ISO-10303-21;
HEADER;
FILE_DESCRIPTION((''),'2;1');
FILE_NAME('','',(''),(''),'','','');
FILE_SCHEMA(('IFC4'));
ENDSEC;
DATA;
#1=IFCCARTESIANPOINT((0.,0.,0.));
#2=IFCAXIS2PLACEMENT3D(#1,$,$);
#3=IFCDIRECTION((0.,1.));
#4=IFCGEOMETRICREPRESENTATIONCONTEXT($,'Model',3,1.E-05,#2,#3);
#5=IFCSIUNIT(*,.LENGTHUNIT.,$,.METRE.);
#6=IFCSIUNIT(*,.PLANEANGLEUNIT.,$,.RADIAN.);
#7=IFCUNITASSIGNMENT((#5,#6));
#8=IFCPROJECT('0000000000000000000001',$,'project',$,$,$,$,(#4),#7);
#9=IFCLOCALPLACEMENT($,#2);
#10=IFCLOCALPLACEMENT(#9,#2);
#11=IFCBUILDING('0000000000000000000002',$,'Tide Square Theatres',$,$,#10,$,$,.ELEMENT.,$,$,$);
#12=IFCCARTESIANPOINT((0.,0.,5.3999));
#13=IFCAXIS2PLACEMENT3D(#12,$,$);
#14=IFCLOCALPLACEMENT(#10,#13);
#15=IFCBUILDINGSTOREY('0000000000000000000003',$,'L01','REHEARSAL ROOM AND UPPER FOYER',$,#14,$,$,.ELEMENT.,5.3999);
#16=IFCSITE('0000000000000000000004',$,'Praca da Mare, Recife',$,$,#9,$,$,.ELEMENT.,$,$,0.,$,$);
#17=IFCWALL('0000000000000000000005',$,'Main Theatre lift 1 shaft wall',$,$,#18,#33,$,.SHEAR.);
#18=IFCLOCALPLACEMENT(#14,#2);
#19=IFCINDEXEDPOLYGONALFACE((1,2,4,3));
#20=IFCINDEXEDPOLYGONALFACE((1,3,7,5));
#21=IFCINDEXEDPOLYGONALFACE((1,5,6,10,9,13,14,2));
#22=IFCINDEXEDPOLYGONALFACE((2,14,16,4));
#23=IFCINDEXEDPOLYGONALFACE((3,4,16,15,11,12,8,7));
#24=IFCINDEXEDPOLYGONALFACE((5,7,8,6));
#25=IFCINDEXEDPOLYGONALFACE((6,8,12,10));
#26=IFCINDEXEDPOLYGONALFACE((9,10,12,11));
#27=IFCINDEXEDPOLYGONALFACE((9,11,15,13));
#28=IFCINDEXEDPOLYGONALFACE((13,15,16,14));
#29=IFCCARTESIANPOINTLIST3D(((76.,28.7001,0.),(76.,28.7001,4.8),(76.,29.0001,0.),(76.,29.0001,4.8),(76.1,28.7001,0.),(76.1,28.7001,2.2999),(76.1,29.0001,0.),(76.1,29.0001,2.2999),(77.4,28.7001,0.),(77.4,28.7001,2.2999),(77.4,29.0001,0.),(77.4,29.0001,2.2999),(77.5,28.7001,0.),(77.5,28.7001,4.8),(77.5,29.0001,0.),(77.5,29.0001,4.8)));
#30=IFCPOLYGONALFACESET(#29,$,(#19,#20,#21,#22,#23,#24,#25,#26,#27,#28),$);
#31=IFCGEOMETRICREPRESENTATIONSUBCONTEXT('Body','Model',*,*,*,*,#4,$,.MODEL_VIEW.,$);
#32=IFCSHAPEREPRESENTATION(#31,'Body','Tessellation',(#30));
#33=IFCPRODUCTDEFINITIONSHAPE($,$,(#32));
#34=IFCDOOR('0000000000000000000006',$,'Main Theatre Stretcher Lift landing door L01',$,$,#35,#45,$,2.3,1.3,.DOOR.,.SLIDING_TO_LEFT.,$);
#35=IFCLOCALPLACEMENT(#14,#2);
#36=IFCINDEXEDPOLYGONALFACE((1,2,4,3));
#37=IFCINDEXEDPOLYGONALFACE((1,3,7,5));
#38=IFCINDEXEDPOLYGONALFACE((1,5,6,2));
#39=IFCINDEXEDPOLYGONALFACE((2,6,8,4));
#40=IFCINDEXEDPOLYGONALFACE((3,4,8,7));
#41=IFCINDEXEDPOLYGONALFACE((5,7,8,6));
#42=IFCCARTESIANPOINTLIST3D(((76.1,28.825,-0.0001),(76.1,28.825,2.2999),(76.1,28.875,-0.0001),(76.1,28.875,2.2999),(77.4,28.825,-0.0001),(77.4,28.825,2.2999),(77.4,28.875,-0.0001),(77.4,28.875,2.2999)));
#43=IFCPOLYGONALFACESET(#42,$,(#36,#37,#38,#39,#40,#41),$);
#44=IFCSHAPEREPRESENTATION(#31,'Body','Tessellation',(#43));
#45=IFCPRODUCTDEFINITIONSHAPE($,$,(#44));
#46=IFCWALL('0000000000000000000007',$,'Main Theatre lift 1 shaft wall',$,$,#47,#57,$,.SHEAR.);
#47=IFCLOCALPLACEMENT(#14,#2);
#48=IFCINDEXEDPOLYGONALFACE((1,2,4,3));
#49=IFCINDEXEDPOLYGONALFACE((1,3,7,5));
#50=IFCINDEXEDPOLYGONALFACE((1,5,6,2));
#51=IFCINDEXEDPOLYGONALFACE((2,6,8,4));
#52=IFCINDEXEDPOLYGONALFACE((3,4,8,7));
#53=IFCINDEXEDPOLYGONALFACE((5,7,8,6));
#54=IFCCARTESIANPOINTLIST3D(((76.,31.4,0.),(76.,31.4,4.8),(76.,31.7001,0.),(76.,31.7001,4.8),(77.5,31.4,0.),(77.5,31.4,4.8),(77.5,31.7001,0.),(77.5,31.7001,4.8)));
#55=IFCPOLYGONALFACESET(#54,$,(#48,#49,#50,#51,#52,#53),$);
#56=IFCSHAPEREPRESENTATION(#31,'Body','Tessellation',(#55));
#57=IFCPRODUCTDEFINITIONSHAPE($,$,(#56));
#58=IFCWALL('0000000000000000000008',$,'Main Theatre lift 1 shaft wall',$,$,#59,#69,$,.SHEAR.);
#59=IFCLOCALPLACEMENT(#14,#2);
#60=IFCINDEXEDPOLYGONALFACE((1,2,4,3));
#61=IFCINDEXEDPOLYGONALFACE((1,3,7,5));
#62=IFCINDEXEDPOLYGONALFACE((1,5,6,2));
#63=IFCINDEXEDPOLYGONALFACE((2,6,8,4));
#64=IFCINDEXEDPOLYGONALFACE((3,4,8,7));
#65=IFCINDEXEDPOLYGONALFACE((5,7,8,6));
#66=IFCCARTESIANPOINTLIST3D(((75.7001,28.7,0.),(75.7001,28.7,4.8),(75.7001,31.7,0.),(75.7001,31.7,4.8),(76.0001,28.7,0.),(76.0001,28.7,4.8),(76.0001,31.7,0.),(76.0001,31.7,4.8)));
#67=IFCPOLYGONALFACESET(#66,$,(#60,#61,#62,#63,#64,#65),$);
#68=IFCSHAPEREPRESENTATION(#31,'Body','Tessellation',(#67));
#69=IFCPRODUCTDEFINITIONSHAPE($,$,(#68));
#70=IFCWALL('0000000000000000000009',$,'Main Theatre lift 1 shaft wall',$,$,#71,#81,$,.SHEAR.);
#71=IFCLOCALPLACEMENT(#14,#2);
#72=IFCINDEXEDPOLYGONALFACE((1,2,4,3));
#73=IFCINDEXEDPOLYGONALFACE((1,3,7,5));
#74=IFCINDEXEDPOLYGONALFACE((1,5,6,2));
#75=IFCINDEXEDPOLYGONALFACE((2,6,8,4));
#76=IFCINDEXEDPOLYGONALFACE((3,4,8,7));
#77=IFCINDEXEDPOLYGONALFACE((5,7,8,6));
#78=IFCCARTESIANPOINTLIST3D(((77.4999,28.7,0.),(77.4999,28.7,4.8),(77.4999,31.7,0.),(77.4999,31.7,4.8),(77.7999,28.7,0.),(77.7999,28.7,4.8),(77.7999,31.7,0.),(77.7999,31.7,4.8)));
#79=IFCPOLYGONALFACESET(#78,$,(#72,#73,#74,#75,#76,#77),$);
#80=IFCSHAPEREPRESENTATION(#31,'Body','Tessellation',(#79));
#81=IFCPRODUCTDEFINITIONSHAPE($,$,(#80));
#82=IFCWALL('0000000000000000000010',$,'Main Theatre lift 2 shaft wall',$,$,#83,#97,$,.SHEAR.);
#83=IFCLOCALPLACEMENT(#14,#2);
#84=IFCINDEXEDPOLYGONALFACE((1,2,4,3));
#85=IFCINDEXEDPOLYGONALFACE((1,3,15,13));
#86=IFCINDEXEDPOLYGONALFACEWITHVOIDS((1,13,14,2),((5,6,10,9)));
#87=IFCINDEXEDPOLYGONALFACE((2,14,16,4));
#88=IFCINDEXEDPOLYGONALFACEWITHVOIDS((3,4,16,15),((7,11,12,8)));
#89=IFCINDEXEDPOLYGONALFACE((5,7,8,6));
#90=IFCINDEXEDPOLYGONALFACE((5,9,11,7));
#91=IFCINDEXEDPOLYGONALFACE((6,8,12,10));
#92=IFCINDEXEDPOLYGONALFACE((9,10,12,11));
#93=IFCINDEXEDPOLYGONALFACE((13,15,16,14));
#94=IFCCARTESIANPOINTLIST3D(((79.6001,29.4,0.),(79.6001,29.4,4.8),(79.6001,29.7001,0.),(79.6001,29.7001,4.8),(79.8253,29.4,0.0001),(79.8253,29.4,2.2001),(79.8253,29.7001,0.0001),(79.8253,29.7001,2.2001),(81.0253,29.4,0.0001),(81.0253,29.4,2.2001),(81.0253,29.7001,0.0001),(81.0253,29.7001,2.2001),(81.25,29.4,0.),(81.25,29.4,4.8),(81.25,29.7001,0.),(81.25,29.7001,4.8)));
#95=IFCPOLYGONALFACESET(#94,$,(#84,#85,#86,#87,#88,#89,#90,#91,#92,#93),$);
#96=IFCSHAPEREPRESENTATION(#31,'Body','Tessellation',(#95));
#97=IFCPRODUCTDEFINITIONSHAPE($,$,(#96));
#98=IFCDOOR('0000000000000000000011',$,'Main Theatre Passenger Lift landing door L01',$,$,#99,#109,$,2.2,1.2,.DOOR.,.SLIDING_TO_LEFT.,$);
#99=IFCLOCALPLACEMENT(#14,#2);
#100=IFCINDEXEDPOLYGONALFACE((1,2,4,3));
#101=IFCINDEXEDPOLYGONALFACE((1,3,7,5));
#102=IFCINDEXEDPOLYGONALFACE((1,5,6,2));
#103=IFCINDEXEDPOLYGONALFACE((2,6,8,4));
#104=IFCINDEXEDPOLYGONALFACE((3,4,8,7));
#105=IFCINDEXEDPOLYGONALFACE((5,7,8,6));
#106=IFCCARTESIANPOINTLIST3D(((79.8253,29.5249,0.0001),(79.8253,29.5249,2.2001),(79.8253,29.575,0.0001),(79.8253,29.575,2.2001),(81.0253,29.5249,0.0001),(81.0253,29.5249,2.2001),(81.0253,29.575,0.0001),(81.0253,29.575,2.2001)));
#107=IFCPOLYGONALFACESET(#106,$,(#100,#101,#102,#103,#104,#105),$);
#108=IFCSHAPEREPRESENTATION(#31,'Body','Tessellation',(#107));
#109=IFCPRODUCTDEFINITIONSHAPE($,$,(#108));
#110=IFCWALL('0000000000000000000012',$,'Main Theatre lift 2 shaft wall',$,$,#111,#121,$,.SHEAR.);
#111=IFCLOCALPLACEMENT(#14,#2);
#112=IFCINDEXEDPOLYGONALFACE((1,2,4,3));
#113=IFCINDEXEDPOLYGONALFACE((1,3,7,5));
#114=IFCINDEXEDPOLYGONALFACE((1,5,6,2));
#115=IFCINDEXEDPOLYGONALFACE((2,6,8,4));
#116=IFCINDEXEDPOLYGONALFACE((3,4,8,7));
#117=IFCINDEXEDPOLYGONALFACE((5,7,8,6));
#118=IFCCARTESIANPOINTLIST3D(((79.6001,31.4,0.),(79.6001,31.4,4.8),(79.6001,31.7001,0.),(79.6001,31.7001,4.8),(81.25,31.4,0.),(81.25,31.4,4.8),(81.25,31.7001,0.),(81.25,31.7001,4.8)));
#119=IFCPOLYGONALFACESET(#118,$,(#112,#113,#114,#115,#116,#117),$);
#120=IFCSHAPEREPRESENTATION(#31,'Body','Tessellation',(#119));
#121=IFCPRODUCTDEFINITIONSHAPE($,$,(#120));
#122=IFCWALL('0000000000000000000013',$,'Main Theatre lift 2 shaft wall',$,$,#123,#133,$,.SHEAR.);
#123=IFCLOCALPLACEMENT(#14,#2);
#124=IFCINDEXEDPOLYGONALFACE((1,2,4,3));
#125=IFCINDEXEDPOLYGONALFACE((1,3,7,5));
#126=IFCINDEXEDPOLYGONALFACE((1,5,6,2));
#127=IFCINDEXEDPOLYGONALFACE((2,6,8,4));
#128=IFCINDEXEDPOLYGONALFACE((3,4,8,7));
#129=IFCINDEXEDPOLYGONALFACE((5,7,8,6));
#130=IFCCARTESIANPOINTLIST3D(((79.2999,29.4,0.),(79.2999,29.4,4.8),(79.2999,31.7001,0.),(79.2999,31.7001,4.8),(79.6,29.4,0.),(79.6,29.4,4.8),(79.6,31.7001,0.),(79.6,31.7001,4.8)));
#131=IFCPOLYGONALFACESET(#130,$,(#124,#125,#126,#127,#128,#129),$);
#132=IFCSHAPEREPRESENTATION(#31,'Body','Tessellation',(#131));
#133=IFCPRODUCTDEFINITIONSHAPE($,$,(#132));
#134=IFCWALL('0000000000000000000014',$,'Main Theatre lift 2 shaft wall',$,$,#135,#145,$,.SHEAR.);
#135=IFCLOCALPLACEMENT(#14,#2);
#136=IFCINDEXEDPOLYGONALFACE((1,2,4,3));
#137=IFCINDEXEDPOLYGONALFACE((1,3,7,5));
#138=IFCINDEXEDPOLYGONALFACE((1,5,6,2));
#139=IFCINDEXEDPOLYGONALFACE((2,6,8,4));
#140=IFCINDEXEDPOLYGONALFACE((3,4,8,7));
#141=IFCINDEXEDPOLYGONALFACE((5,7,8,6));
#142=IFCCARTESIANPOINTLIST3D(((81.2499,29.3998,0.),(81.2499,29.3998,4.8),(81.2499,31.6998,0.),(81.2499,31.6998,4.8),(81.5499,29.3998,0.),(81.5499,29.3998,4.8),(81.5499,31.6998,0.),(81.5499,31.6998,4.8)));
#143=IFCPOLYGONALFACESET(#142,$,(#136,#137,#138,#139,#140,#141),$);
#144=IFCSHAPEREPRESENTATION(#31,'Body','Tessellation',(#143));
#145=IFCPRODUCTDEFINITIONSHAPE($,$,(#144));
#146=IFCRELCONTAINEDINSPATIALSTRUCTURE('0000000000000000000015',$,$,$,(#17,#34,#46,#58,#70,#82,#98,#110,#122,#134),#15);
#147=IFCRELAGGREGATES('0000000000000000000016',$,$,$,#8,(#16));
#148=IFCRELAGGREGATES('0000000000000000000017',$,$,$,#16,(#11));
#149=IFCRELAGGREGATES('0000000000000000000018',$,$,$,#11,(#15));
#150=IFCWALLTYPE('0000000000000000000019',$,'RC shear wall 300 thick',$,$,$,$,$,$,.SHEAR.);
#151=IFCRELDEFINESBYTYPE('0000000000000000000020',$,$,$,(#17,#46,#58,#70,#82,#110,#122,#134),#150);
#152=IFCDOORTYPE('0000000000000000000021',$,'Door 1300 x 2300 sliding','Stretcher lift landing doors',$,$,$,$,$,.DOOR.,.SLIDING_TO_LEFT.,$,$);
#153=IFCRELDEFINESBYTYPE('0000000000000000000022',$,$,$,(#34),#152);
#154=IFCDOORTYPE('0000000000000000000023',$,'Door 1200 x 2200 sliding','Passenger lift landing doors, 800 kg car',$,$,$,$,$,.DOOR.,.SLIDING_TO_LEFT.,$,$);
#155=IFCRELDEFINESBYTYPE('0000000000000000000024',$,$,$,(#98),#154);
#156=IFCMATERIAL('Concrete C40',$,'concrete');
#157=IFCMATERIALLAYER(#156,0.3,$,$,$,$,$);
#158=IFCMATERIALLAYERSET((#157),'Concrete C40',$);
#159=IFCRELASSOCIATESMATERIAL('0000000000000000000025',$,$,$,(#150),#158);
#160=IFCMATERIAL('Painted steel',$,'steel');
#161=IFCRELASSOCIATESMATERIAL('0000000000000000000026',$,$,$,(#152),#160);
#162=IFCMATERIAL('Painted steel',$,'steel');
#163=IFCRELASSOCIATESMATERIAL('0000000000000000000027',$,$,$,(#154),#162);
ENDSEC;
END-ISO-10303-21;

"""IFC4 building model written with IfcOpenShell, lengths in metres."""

from ifc_helpers import new_model, si_unit, direction, frame, frame_2d, origin, place, context, subcontext, project, spatial, rectangle, extrude, material, layer, layer_set, type_object, element, fill, save


model = new_model("IFC4")

# Units and contexts
model_context = context("Model", 3, precision=1e-05, world=origin(), true_north=direction((0.0, 1.0)))
body_context = subcontext(model_context, "Body", "Model", "MODEL_VIEW")
ifc_project = project(units=[si_unit("LENGTHUNIT", "METRE"), si_unit("PLANEANGLEUNIT", "RADIAN")], contexts=[model_context])

# Site, building, storey
site_placement = place(None, origin())
site = spatial("IfcSite", under=ifc_project, at=site_placement, Name="Praca da Mare, Recife", CompositionType="ELEMENT", RefElevation=0.0)
building_placement = place(site_placement, origin())
building = spatial("IfcBuilding", under=site, at=building_placement, Name="Tide Square Theatres", CompositionType="ELEMENT")
storey_placement = place(building_placement, frame((0.0, 0.0, 5.3999)))
storey = spatial("IfcBuildingStorey", under=building, at=storey_placement, Name="L01", Description="REHEARSAL ROOM AND UPPER FOYER", CompositionType="ELEMENT", Elevation=5.3999)

# Wall, opening, door
ifc_material_1 = material(Name="Concrete C40", Category="concrete")
ifc_layer_1 = layer(ifc_material_1, 0.3)
ifc_layer_set_1 = layer_set([ifc_layer_1], Name="Concrete C40")
wall_type_1 = type_object("IfcWallType", Name="RC shear wall 300 thick", PredefinedType="SHEAR", material=ifc_layer_set_1)
wall_1_placement = place(storey_placement, frame((76.0, 28.8501, 0.0), z_axis=(0.0, 0.0, 1.0), x_axis=(1.0, 0.0, 0.0)))
wall_1 = element("IfcWall", 1, at=wall_1_placement, inside=storey, type_object=wall_type_1, Name="Main Theatre lift 1 shaft wall", PredefinedType="SHEAR", context=body_context, shape_type="SweptSolid", body=[
    extrude(rectangle(XDim=1.5, YDim=0.3, at=frame_2d((0.75, 0.0))), origin(), (0.0, 0.0, 1.0), 4.8),
])
opening_1_placement = place(wall_1_placement, frame((0.1001, 0.0, 0.0)))
opening_1 = element("IfcOpeningElement", 2, at=opening_1_placement, cuts=wall_1, PredefinedType="OPENING", context=body_context, shape_type="SweptSolid", body=[
    extrude(rectangle(XDim=1.3, YDim=2.3, at=frame_2d((0.6499, 1.1499))), frame((0.0, 0.1599, 0.0), z_axis=(0.0, -1.0, 0.0), x_axis=(1.0, 0.0, 0.0)), (0.0, 0.0, 1.0), 0.3201),
])
ifc_material_2 = material(Name="Painted steel", Category="steel")
door_type_1 = type_object("IfcDoorType", Name="Door 1300 x 2300 sliding", Description="Stretcher lift landing doors", OperationType="SLIDING_TO_LEFT", PredefinedType="DOOR", material=ifc_material_2)
door_1_placement = place(opening_1_placement, origin())
door_1 = element("IfcDoor", 3, at=door_1_placement, inside=storey, type_object=door_type_1, Name="Main Theatre Stretcher Lift landing door L01", OperationType="SLIDING_TO_LEFT", OverallHeight=2.3, OverallWidth=1.3, PredefinedType="DOOR", context=body_context, shape_type="SweptSolid", body=[
    extrude(rectangle(XDim=1.3, YDim=2.3, at=frame_2d((0.6499, 1.1499))), frame((0.0, 0.0249, 0.0), z_axis=(0.0, -1.0, 0.0), x_axis=(1.0, 0.0, 0.0)), (0.0, 0.0, 1.0), 0.05),
])
fill(opening_1, door_1)

# Walls
wall_2_placement = place(storey_placement, frame((77.5, 31.55, 0.0), z_axis=(0.0, 0.0, 1.0), x_axis=(-1.0, 0.0, 0.0)))
element("IfcWall", 4, at=wall_2_placement, inside=storey, type_object=wall_type_1, Name="Main Theatre lift 1 shaft wall", PredefinedType="SHEAR", context=body_context, shape_type="SweptSolid", body=[
    extrude(rectangle(XDim=1.5, YDim=0.3, at=frame_2d((0.75, 0.0))), origin(), (0.0, 0.0, 1.0), 4.8),
])
for number, where, z_axis, x_axis, name in (
    (5, (75.8501, 31.7, 0.0), (0.0, 0.0, 1.0), (0.0, -1.0, 0.0), "Main Theatre lift 1 shaft wall"),
    (6, (77.6499, 28.7, 0.0), (0.0, 0.0, 1.0), (0.0, 1.0, 0.0), "Main Theatre lift 1 shaft wall"),
):
    element("IfcWall", number, at=place(storey_placement, frame(where, z_axis=z_axis, x_axis=x_axis)), inside=storey, type_object=wall_type_1, Name=name, PredefinedType="SHEAR", context=body_context, shape_type="SweptSolid", body=[
        extrude(rectangle(XDim=3.0, YDim=0.3, at=frame_2d((1.5, 0.0))), origin(), (0.0, 0.0, 1.0), 4.8),
    ])

# Wall, opening, door
wall_3_placement = place(storey_placement, frame((79.6001, 29.55, 0.0), z_axis=(0.0, 0.0, 1.0), x_axis=(1.0, 0.0, 0.0)))
wall_3 = element("IfcWall", 7, at=wall_3_placement, inside=storey, type_object=wall_type_1, Name="Main Theatre lift 2 shaft wall", PredefinedType="SHEAR", context=body_context, shape_type="SweptSolid", body=[
    extrude(rectangle(XDim=1.6499, YDim=0.3, at=frame_2d((0.825, 0.0))), origin(), (0.0, 0.0, 1.0), 4.8),
])
opening_2_placement = place(wall_3_placement, frame((0.2251, 0.0, 0.0)))
opening_2 = element("IfcOpeningElement", 8, at=opening_2_placement, cuts=wall_3, PredefinedType="OPENING", context=body_context, shape_type="SweptSolid", body=[
    extrude(rectangle(XDim=1.2, YDim=2.2, at=frame_2d((0.6001, 1.1001))), frame((0.0, 0.1599, 0.0), z_axis=(0.0, -1.0, 0.0), x_axis=(1.0, 0.0, 0.0)), (0.0, 0.0, 1.0), 0.3201),
])
ifc_material_3 = material(Name="Painted steel", Category="steel")
door_type_2 = type_object("IfcDoorType", Name="Door 1200 x 2200 sliding", Description="Passenger lift landing doors, 800 kg car", OperationType="SLIDING_TO_LEFT", PredefinedType="DOOR", material=ifc_material_3)
door_2_placement = place(opening_2_placement, origin())
door_2 = element("IfcDoor", 9, at=door_2_placement, inside=storey, type_object=door_type_2, Name="Main Theatre Passenger Lift landing door L01", OperationType="SLIDING_TO_LEFT", OverallHeight=2.2, OverallWidth=1.2, PredefinedType="DOOR", context=body_context, shape_type="SweptSolid", body=[
    extrude(rectangle(XDim=1.2, YDim=2.2, at=frame_2d((0.6001, 1.1001))), frame((0.0, 0.0249, 0.0), z_axis=(0.0, -1.0, 0.0), x_axis=(1.0, 0.0, 0.0)), (0.0, 0.0, 1.0), 0.05),
])
fill(opening_2, door_2)

# Walls
wall_4_placement = place(storey_placement, frame((81.25, 31.55, 0.0), z_axis=(0.0, 0.0, 1.0), x_axis=(-1.0, 0.0, 0.0)))
element("IfcWall", 10, at=wall_4_placement, inside=storey, type_object=wall_type_1, Name="Main Theatre lift 2 shaft wall", PredefinedType="SHEAR", context=body_context, shape_type="SweptSolid", body=[
    extrude(rectangle(XDim=1.6499, YDim=0.3, at=frame_2d((0.825, 0.0))), origin(), (0.0, 0.0, 1.0), 4.8),
])
for number, where, z_axis, x_axis, name in (
    (11, (79.45, 31.7, 0.0), (0.0, 0.0, 1.0), (0.0, -1.0, 0.0), "Main Theatre lift 2 shaft wall"),
    (12, (81.3999, 29.3999, 0.0), (0.0, 0.0, 1.0), (0.0, 1.0, 0.0), "Main Theatre lift 2 shaft wall"),
):
    element("IfcWall", number, at=place(storey_placement, frame(where, z_axis=z_axis, x_axis=x_axis)), inside=storey, type_object=wall_type_1, Name=name, PredefinedType="SHEAR", context=body_context, shape_type="SweptSolid", body=[
        extrude(rectangle(XDim=2.3, YDim=0.3, at=frame_2d((1.1499, 0.0))), origin(), (0.0, 0.0, 1.0), 4.8),
    ])

save(model, "model.ifc")
